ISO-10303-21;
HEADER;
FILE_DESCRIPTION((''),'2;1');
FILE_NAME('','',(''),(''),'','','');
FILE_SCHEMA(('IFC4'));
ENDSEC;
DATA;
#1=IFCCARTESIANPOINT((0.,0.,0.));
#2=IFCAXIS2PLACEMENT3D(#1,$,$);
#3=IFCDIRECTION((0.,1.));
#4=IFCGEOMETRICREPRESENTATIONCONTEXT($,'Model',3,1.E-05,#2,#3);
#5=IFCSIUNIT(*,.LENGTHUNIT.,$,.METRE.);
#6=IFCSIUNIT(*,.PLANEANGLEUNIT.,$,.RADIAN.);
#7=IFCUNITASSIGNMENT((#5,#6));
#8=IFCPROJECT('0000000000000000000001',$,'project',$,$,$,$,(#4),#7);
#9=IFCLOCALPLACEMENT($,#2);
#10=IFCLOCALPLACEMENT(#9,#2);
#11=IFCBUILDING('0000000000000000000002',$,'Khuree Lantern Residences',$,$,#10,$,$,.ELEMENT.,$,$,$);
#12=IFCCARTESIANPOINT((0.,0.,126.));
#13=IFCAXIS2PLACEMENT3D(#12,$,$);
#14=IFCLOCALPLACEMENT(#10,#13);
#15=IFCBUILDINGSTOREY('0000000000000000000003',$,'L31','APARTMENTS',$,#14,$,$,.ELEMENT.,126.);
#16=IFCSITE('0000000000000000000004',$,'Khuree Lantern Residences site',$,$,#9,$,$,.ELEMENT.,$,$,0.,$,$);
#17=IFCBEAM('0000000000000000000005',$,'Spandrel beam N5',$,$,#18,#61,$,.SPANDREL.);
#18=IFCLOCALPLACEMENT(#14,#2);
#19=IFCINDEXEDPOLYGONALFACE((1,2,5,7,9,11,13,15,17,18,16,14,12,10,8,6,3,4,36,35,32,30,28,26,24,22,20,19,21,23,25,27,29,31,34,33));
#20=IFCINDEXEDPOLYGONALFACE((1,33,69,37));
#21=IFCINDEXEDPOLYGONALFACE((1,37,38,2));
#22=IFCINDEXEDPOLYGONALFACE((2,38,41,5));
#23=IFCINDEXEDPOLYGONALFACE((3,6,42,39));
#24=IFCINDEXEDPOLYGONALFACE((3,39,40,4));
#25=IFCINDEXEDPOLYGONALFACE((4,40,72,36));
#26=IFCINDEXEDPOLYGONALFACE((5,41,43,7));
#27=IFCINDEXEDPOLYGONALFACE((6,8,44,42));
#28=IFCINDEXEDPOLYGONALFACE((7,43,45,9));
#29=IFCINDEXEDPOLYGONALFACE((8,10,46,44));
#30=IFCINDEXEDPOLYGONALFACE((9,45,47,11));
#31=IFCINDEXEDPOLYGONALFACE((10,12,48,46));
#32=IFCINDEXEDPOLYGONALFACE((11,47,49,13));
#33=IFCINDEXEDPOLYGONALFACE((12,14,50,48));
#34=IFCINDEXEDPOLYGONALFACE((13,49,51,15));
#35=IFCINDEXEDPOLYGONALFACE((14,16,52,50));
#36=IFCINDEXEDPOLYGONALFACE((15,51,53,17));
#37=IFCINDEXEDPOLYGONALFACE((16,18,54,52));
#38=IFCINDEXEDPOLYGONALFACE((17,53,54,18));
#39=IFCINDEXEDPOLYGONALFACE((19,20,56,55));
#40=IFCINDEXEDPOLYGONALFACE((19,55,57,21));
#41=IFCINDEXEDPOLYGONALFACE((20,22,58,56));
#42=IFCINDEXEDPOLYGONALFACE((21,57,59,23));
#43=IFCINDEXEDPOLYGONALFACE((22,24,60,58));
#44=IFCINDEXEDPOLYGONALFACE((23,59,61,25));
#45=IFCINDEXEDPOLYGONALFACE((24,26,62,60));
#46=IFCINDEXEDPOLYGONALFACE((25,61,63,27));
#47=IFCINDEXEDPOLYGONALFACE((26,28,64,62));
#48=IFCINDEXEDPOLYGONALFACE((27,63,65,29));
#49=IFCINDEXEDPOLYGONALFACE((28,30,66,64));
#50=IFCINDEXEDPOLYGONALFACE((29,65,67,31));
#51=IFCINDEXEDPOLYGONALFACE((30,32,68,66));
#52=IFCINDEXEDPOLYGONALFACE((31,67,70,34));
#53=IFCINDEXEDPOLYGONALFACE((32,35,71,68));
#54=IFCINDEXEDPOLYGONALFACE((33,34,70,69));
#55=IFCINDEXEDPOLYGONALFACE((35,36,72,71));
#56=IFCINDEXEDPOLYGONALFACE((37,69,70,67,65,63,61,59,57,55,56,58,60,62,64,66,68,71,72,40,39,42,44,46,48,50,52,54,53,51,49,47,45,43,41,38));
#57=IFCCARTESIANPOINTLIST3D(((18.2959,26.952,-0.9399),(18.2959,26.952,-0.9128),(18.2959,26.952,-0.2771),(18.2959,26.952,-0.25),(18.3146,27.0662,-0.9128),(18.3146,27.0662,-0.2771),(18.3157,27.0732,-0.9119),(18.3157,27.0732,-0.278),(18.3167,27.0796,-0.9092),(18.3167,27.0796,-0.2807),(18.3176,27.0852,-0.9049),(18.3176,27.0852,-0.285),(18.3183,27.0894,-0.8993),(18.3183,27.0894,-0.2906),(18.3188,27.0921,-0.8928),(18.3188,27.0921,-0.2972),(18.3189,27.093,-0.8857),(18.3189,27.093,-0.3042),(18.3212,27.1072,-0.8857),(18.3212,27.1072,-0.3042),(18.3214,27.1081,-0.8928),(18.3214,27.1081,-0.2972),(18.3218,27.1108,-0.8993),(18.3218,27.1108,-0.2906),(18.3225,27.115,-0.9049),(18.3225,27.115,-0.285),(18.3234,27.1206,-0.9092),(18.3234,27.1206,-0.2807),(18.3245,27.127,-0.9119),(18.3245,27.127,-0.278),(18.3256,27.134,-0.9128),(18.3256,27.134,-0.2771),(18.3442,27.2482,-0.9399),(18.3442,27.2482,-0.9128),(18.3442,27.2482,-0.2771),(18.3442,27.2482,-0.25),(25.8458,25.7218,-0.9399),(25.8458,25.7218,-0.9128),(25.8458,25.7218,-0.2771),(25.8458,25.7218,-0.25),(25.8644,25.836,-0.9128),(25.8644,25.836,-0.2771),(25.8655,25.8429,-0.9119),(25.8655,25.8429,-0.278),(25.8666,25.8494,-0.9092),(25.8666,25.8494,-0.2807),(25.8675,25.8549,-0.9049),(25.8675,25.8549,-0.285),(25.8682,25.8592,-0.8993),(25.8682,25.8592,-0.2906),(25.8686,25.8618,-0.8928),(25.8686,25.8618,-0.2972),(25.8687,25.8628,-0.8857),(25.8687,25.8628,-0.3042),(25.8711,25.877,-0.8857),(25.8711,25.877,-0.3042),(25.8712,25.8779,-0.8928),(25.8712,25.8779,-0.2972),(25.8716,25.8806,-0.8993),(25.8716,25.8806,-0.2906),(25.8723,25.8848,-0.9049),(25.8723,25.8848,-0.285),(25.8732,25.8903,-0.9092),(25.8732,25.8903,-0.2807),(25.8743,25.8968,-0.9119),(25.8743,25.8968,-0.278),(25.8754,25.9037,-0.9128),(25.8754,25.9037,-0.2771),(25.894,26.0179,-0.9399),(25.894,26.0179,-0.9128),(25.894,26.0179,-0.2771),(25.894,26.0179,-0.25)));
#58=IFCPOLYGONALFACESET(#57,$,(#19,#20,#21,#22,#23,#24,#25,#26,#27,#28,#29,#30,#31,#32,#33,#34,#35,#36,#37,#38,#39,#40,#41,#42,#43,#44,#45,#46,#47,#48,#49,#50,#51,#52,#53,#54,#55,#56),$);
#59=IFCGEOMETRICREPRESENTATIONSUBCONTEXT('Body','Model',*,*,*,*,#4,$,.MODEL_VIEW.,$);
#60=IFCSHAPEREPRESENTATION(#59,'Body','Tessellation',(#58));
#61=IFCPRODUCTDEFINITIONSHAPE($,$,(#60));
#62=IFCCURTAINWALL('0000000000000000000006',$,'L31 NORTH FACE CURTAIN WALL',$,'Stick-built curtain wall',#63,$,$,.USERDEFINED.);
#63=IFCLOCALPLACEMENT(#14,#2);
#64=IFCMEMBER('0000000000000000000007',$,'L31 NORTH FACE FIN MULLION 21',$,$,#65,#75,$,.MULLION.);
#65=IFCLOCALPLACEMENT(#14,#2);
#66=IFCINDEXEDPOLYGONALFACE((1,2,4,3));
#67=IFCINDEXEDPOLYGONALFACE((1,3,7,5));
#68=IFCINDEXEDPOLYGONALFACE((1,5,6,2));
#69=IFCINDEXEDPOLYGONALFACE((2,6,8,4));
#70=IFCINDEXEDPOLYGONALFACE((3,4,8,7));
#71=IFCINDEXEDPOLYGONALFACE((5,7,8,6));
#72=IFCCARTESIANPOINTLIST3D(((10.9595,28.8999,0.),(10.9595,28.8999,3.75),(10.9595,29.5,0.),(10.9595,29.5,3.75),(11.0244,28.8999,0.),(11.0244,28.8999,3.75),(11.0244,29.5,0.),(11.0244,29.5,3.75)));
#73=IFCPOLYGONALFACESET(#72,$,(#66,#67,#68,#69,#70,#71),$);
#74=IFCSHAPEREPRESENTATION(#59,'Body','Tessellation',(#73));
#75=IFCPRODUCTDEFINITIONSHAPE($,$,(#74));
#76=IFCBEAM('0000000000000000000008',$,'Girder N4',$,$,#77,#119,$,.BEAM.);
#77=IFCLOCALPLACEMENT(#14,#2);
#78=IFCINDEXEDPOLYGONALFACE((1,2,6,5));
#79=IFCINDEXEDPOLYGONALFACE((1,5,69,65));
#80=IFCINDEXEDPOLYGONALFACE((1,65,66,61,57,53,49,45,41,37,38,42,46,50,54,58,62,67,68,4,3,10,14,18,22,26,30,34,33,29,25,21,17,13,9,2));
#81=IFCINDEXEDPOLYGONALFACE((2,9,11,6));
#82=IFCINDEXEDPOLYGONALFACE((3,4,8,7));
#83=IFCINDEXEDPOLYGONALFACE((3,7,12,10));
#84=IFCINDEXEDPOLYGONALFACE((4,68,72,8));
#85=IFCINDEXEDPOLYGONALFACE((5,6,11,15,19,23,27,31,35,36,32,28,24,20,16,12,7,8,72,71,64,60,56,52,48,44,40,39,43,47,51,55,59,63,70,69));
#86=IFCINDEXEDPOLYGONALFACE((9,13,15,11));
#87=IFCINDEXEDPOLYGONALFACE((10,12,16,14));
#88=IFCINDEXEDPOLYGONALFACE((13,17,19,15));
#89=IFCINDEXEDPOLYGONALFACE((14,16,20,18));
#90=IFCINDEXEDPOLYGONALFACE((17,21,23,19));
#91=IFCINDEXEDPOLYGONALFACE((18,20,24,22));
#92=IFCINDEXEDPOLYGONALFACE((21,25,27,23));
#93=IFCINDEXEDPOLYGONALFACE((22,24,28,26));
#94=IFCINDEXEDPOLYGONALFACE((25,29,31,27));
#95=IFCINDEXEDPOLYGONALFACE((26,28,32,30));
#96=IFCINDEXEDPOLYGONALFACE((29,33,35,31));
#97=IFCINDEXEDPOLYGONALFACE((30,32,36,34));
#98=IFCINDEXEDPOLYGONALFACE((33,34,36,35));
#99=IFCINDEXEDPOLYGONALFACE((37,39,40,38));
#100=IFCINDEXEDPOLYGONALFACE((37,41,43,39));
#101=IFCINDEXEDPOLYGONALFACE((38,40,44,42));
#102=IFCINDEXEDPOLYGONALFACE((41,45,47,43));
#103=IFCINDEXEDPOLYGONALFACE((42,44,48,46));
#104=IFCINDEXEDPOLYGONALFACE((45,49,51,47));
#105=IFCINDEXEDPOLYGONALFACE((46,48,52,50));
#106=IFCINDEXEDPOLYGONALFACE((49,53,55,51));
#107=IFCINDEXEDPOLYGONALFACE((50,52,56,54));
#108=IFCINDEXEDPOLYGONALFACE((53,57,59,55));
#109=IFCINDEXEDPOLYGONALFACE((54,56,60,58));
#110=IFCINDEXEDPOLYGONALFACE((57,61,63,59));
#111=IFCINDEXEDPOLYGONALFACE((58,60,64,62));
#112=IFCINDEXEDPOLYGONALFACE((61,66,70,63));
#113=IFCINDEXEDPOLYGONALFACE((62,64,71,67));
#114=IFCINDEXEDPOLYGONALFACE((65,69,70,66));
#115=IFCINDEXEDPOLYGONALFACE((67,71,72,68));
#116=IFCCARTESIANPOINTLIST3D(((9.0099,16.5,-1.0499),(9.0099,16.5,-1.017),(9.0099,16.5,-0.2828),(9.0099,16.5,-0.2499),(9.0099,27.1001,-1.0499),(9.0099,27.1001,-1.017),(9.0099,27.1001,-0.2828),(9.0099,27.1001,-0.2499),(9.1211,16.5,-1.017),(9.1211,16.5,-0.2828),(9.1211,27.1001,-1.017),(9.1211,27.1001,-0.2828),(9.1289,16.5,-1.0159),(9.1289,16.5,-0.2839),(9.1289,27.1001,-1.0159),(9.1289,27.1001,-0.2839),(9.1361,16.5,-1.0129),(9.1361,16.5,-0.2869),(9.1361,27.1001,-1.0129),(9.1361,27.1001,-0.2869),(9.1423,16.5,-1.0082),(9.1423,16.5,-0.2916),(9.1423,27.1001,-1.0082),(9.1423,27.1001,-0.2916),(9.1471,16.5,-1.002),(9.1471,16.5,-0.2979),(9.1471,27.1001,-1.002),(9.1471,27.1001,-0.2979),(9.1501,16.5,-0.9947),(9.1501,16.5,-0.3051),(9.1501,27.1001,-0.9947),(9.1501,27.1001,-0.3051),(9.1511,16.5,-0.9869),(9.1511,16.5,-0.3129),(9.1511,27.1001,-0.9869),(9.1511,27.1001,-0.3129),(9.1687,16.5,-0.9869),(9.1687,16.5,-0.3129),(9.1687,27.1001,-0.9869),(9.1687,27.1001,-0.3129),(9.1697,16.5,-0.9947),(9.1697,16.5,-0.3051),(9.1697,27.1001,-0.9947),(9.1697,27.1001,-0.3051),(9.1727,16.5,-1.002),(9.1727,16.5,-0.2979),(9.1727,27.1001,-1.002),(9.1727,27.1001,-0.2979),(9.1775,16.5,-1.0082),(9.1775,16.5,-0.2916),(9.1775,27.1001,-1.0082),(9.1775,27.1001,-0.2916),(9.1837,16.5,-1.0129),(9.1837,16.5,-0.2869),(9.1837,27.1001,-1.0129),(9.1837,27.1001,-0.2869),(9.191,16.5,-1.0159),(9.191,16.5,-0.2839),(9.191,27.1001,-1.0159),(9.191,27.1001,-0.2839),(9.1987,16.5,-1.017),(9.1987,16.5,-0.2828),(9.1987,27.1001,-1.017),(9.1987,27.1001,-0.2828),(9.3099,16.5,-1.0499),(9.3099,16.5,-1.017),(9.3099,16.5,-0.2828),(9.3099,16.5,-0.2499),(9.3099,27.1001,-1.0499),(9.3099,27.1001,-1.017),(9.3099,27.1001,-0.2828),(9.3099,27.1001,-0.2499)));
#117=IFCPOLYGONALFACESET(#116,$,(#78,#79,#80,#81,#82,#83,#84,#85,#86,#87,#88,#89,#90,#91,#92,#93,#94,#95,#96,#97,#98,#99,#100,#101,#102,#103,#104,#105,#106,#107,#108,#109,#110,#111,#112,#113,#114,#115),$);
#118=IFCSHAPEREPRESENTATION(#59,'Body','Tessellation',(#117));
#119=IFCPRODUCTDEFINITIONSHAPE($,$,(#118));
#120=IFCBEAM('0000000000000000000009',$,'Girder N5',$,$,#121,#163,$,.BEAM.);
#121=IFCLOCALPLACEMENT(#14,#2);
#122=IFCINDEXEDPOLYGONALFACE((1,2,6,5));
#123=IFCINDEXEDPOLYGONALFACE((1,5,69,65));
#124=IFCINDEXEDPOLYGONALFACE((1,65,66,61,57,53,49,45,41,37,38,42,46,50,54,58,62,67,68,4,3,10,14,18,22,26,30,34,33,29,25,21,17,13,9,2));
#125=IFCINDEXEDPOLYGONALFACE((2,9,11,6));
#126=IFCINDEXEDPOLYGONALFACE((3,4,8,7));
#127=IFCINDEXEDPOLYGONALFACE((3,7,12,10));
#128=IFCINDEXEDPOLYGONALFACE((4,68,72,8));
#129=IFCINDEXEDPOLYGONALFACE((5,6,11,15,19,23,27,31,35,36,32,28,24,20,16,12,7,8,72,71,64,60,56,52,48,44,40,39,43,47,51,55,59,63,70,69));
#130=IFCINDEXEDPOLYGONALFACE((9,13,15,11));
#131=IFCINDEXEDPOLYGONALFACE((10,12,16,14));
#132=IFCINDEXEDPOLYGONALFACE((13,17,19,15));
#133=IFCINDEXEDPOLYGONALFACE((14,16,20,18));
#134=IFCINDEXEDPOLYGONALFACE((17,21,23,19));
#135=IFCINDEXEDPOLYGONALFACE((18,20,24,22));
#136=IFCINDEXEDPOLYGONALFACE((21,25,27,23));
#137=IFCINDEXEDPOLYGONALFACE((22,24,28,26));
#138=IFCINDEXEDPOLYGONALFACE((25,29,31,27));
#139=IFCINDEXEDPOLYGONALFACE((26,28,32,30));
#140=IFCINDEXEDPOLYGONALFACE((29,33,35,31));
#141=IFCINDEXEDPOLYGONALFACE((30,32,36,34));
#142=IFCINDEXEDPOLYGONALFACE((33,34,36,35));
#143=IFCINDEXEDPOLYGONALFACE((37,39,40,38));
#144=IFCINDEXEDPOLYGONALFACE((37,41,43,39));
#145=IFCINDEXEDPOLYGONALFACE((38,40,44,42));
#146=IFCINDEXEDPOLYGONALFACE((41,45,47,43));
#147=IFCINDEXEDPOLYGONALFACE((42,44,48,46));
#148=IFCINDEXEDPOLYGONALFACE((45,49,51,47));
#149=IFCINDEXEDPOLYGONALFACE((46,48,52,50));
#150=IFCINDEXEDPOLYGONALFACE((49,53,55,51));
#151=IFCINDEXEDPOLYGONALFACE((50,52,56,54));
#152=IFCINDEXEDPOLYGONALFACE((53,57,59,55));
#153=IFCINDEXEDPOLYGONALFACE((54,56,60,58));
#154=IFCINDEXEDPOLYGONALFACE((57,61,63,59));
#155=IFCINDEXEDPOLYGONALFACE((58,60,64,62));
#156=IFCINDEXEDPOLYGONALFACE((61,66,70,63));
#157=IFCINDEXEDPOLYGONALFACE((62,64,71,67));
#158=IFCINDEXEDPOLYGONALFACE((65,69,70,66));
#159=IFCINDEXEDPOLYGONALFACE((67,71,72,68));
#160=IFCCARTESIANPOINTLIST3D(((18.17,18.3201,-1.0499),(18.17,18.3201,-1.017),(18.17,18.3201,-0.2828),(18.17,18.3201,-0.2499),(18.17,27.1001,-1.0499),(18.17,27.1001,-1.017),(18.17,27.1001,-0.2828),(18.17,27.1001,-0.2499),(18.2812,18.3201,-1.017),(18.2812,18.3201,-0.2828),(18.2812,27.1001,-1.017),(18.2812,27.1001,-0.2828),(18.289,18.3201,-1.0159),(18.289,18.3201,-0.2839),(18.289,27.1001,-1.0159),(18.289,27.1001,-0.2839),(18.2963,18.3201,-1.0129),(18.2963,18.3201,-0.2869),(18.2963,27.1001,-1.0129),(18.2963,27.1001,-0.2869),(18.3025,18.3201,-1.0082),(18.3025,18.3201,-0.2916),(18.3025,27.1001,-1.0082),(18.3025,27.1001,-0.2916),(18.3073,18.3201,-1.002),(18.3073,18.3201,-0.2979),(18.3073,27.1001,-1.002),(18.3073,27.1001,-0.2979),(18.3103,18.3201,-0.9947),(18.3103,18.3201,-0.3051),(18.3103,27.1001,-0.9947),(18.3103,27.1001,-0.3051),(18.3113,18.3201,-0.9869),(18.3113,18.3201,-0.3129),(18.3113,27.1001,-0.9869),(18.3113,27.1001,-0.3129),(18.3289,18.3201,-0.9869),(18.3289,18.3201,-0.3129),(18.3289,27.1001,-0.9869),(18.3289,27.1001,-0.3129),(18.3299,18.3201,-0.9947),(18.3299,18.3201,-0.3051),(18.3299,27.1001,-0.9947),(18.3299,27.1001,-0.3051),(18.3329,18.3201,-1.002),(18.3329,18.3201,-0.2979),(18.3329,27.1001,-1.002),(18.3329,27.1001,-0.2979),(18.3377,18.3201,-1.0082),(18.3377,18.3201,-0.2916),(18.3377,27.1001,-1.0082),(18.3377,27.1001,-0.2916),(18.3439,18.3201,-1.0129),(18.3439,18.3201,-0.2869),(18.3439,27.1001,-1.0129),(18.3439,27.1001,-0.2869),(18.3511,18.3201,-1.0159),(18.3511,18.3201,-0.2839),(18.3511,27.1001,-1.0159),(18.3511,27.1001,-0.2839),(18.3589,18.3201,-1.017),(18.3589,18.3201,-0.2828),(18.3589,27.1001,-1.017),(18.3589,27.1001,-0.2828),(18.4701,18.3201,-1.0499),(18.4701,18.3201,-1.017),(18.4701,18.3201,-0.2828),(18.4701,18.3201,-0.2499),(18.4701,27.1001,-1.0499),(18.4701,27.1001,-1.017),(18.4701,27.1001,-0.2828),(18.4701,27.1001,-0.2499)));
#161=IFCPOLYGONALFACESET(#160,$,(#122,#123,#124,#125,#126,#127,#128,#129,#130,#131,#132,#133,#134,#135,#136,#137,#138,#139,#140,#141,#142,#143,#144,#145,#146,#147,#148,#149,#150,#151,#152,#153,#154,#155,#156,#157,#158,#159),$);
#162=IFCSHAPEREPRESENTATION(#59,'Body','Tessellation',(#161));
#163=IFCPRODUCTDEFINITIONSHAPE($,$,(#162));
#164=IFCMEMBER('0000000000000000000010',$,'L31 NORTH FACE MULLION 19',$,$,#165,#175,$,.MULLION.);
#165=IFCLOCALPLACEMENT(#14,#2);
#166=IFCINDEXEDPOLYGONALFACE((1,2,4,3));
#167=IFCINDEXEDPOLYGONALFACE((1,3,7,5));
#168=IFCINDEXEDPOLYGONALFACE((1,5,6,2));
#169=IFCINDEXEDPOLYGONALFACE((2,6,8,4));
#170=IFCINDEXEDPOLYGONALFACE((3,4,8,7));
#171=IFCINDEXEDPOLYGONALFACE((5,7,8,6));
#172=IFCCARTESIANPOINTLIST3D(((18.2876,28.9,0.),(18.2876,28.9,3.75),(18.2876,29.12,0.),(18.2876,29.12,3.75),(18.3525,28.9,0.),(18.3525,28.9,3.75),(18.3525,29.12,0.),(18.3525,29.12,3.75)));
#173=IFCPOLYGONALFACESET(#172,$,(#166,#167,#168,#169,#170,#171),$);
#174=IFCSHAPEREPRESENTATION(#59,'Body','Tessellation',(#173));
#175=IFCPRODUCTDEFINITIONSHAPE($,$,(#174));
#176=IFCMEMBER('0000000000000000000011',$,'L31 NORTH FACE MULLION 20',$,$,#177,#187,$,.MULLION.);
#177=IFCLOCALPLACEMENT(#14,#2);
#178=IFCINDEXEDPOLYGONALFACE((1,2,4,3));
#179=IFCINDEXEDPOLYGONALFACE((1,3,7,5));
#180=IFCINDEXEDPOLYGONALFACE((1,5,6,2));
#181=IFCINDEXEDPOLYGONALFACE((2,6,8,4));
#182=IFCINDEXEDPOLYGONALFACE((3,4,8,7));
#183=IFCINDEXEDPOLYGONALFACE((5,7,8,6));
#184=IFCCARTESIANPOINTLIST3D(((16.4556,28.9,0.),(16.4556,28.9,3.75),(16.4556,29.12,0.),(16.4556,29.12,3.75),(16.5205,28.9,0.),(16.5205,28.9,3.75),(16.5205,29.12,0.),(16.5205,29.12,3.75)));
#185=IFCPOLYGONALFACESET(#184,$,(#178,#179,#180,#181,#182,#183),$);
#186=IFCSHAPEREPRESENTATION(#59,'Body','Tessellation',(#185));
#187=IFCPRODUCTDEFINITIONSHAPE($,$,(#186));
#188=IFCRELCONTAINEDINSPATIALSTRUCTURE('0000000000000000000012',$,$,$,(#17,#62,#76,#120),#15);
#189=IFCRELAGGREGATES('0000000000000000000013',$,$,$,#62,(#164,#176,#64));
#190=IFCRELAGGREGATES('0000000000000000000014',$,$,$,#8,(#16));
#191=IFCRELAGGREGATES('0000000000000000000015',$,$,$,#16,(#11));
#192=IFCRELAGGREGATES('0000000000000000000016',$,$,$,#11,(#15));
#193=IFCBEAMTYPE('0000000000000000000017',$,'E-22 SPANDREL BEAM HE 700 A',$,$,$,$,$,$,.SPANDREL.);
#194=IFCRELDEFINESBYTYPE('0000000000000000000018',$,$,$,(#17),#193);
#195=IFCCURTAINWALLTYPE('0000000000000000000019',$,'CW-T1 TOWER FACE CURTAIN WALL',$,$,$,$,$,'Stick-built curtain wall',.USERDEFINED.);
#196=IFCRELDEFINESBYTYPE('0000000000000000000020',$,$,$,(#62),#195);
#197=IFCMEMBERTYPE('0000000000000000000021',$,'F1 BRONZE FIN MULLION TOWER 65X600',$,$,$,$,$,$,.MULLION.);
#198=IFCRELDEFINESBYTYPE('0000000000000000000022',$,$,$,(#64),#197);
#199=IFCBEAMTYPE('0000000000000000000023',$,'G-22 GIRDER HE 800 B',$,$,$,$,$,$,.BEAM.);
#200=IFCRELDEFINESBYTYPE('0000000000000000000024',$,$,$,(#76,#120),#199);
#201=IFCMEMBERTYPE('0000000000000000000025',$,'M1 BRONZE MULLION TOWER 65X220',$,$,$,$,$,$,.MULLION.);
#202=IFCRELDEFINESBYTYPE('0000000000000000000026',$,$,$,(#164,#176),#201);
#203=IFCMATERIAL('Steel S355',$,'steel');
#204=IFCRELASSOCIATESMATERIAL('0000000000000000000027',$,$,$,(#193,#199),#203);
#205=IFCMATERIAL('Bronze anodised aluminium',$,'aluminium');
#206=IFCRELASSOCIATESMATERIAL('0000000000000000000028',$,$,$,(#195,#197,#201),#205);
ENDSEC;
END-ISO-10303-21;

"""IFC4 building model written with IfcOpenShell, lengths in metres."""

from ifc_helpers import new_model, si_unit, direction, frame, origin, origin_2d, place, context, subcontext, project, spatial, rectangle, i_section, extrude, material, material_profile, profile_set, type_object, element, aggregate, save


model = new_model("IFC4")

# Units and contexts
model_context = context("Model", 3, precision=1e-05, world=origin(), true_north=direction((0.0, 1.0)))
body_context = subcontext(model_context, "Body", "Model", "MODEL_VIEW")
ifc_project = project(units=[si_unit("LENGTHUNIT", "METRE"), si_unit("PLANEANGLEUNIT", "RADIAN")], contexts=[model_context])

# Site, building, storey
site_placement = place(None, origin())
site = spatial("IfcSite", under=ifc_project, at=site_placement, Name="Khuree Lantern Residences site", CompositionType="ELEMENT", RefElevation=0.0)
building_placement = place(site_placement, origin())
building = spatial("IfcBuilding", under=site, at=building_placement, Name="Khuree Lantern Residences", CompositionType="ELEMENT")
storey_placement = place(building_placement, frame((0.0, 0.0, 126.0)))
storey = spatial("IfcBuildingStorey", under=building, at=storey_placement, Name="L31", Description="APARTMENTS", CompositionType="ELEMENT", Elevation=126.0)

# Beam
ifc_material_1 = material(Name="Steel S355", Category="steel")
ifc_material_profile_1 = material_profile(ifc_material_1, i_section(OverallWidth=0.3, OverallDepth=0.6899, WebThickness=0.0144, FlangeThickness=0.0271, FilletRadius=0.0271, at=origin_2d()), Name="HE 700 A")
ifc_profile_set_1 = profile_set([ifc_material_profile_1], Name="Steel S355")
beam_type_1 = type_object("IfcBeamType", Name="E-22 SPANDREL BEAM HE 700 A", PredefinedType="SPANDREL", material=ifc_profile_set_1)
beam_1_placement = place(storey_placement, frame((18.3201, 27.1001, -0.595), z_axis=(0.986983, -0.160827, 0.0), x_axis=(0.160827, 0.986983, 0.0)))
element("IfcBeam", 1, at=beam_1_placement, inside=storey, type_object=beam_type_1, Name="Spandrel beam N5", PredefinedType="SPANDREL", context=body_context, shape_type="SweptSolid", body=[
    extrude(i_section(OverallWidth=0.3, OverallDepth=0.6899, WebThickness=0.0144, FlangeThickness=0.0271, FilletRadius=0.0271, at=origin_2d()), origin(), (0.0, 0.0, 1.0), 7.6494),
])

# Curtain wall, member
ifc_material_2 = material(Name="Bronze anodised aluminium", Category="aluminium")
curtain_wall_type = type_object("IfcCurtainWallType", Name="CW-T1 TOWER FACE CURTAIN WALL", ElementType="Stick-built curtain wall", PredefinedType="USERDEFINED", material=ifc_material_2)
curtain_wall_placement = place(storey_placement, origin())
curtain_wall = element("IfcCurtainWall", 2, at=curtain_wall_placement, inside=storey, type_object=curtain_wall_type, Name="L31 NORTH FACE CURTAIN WALL", ObjectType="Stick-built curtain wall", PredefinedType="USERDEFINED")
ifc_material_profile_2 = material_profile(ifc_material_2, rectangle(XDim=0.0649, YDim=0.6001, at=origin_2d()), Name="F1 65X600")
ifc_profile_set_2 = profile_set([ifc_material_profile_2], Name="Bronze anodised aluminium")
member_type_1 = type_object("IfcMemberType", Name="F1 BRONZE FIN MULLION TOWER 65X600", PredefinedType="MULLION", material=ifc_profile_set_2)
member_1_placement = place(storey_placement, frame((10.9919, 29.2, 0.0), z_axis=(0.0, 0.0, 1.0), x_axis=(-1.0, 0.0, 0.0)))
member_1 = element("IfcMember", 3, at=member_1_placement, type_object=member_type_1, Name="L31 NORTH FACE FIN MULLION 21", PredefinedType="MULLION", context=body_context, shape_type="SweptSolid", body=[
    extrude(rectangle(XDim=0.0649, YDim=0.6001, at=origin_2d()), origin(), (0.0, 0.0, 1.0), 3.75),
])

# Beams
ifc_material_profile_3 = material_profile(ifc_material_1, i_section(OverallWidth=0.3, OverallDepth=0.8, WebThickness=0.0176, FlangeThickness=0.033, FilletRadius=0.03, at=origin_2d()), Name="HE 800 B")
ifc_profile_set_3 = profile_set([ifc_material_profile_3], Name="Steel S355")
beam_type_2 = type_object("IfcBeamType", Name="G-22 GIRDER HE 800 B", PredefinedType="BEAM", material=ifc_profile_set_3)
beam_2_placement = place(storey_placement, frame((9.1599, 27.1001, -0.6499), z_axis=(0.0, -1.0, 0.0), x_axis=(1.0, 0.0, 0.0)))
element("IfcBeam", 4, at=beam_2_placement, inside=storey, type_object=beam_type_2, Name="Girder N4", PredefinedType="BEAM", context=body_context, shape_type="SweptSolid", body=[
    extrude(i_section(OverallWidth=0.3, OverallDepth=0.8, WebThickness=0.0176, FlangeThickness=0.033, FilletRadius=0.03, at=origin_2d()), origin(), (0.0, 0.0, 1.0), 10.6001),
])
beam_3_placement = place(storey_placement, frame((18.3201, 27.1001, -0.6499), z_axis=(0.0, -1.0, 0.0), x_axis=(1.0, 0.0, 0.0)))
element("IfcBeam", 5, at=beam_3_placement, inside=storey, type_object=beam_type_2, Name="Girder N5", PredefinedType="BEAM", context=body_context, shape_type="SweptSolid", body=[
    extrude(i_section(OverallWidth=0.3, OverallDepth=0.8, WebThickness=0.0176, FlangeThickness=0.033, FilletRadius=0.03, at=origin_2d()), origin(), (0.0, 0.0, 1.0), 8.78),
])

# Members
ifc_material_profile_4 = material_profile(ifc_material_2, rectangle(XDim=0.0649, YDim=0.22, at=origin_2d()), Name="M1 65X220")
ifc_profile_set_4 = profile_set([ifc_material_profile_4], Name="Bronze anodised aluminium")
member_type_2 = type_object("IfcMemberType", Name="M1 BRONZE MULLION TOWER 65X220", PredefinedType="MULLION", material=ifc_profile_set_4)
member_2_placement = place(storey_placement, frame((18.3201, 29.01, 0.0), z_axis=(0.0, 0.0, 1.0), x_axis=(-1.0, 0.0, 0.0)))
member_2 = element("IfcMember", 6, at=member_2_placement, type_object=member_type_2, Name="L31 NORTH FACE MULLION 19", PredefinedType="MULLION", context=body_context, shape_type="SweptSolid", body=[
    extrude(rectangle(XDim=0.0649, YDim=0.22, at=origin_2d()), origin(), (0.0, 0.0, 1.0), 3.75),
])
member_3_placement = place(storey_placement, frame((16.488, 29.01, 0.0), z_axis=(0.0, 0.0, 1.0), x_axis=(-1.0, 0.0, 0.0)))
member_3 = element("IfcMember", 7, at=member_3_placement, type_object=member_type_2, Name="L31 NORTH FACE MULLION 20", PredefinedType="MULLION", context=body_context, shape_type="SweptSolid", body=[
    extrude(rectangle(XDim=0.0649, YDim=0.22, at=origin_2d()), origin(), (0.0, 0.0, 1.0), 3.75),
])

aggregate(curtain_wall, [member_2, member_3, member_1])

save(model, "model.ifc")
